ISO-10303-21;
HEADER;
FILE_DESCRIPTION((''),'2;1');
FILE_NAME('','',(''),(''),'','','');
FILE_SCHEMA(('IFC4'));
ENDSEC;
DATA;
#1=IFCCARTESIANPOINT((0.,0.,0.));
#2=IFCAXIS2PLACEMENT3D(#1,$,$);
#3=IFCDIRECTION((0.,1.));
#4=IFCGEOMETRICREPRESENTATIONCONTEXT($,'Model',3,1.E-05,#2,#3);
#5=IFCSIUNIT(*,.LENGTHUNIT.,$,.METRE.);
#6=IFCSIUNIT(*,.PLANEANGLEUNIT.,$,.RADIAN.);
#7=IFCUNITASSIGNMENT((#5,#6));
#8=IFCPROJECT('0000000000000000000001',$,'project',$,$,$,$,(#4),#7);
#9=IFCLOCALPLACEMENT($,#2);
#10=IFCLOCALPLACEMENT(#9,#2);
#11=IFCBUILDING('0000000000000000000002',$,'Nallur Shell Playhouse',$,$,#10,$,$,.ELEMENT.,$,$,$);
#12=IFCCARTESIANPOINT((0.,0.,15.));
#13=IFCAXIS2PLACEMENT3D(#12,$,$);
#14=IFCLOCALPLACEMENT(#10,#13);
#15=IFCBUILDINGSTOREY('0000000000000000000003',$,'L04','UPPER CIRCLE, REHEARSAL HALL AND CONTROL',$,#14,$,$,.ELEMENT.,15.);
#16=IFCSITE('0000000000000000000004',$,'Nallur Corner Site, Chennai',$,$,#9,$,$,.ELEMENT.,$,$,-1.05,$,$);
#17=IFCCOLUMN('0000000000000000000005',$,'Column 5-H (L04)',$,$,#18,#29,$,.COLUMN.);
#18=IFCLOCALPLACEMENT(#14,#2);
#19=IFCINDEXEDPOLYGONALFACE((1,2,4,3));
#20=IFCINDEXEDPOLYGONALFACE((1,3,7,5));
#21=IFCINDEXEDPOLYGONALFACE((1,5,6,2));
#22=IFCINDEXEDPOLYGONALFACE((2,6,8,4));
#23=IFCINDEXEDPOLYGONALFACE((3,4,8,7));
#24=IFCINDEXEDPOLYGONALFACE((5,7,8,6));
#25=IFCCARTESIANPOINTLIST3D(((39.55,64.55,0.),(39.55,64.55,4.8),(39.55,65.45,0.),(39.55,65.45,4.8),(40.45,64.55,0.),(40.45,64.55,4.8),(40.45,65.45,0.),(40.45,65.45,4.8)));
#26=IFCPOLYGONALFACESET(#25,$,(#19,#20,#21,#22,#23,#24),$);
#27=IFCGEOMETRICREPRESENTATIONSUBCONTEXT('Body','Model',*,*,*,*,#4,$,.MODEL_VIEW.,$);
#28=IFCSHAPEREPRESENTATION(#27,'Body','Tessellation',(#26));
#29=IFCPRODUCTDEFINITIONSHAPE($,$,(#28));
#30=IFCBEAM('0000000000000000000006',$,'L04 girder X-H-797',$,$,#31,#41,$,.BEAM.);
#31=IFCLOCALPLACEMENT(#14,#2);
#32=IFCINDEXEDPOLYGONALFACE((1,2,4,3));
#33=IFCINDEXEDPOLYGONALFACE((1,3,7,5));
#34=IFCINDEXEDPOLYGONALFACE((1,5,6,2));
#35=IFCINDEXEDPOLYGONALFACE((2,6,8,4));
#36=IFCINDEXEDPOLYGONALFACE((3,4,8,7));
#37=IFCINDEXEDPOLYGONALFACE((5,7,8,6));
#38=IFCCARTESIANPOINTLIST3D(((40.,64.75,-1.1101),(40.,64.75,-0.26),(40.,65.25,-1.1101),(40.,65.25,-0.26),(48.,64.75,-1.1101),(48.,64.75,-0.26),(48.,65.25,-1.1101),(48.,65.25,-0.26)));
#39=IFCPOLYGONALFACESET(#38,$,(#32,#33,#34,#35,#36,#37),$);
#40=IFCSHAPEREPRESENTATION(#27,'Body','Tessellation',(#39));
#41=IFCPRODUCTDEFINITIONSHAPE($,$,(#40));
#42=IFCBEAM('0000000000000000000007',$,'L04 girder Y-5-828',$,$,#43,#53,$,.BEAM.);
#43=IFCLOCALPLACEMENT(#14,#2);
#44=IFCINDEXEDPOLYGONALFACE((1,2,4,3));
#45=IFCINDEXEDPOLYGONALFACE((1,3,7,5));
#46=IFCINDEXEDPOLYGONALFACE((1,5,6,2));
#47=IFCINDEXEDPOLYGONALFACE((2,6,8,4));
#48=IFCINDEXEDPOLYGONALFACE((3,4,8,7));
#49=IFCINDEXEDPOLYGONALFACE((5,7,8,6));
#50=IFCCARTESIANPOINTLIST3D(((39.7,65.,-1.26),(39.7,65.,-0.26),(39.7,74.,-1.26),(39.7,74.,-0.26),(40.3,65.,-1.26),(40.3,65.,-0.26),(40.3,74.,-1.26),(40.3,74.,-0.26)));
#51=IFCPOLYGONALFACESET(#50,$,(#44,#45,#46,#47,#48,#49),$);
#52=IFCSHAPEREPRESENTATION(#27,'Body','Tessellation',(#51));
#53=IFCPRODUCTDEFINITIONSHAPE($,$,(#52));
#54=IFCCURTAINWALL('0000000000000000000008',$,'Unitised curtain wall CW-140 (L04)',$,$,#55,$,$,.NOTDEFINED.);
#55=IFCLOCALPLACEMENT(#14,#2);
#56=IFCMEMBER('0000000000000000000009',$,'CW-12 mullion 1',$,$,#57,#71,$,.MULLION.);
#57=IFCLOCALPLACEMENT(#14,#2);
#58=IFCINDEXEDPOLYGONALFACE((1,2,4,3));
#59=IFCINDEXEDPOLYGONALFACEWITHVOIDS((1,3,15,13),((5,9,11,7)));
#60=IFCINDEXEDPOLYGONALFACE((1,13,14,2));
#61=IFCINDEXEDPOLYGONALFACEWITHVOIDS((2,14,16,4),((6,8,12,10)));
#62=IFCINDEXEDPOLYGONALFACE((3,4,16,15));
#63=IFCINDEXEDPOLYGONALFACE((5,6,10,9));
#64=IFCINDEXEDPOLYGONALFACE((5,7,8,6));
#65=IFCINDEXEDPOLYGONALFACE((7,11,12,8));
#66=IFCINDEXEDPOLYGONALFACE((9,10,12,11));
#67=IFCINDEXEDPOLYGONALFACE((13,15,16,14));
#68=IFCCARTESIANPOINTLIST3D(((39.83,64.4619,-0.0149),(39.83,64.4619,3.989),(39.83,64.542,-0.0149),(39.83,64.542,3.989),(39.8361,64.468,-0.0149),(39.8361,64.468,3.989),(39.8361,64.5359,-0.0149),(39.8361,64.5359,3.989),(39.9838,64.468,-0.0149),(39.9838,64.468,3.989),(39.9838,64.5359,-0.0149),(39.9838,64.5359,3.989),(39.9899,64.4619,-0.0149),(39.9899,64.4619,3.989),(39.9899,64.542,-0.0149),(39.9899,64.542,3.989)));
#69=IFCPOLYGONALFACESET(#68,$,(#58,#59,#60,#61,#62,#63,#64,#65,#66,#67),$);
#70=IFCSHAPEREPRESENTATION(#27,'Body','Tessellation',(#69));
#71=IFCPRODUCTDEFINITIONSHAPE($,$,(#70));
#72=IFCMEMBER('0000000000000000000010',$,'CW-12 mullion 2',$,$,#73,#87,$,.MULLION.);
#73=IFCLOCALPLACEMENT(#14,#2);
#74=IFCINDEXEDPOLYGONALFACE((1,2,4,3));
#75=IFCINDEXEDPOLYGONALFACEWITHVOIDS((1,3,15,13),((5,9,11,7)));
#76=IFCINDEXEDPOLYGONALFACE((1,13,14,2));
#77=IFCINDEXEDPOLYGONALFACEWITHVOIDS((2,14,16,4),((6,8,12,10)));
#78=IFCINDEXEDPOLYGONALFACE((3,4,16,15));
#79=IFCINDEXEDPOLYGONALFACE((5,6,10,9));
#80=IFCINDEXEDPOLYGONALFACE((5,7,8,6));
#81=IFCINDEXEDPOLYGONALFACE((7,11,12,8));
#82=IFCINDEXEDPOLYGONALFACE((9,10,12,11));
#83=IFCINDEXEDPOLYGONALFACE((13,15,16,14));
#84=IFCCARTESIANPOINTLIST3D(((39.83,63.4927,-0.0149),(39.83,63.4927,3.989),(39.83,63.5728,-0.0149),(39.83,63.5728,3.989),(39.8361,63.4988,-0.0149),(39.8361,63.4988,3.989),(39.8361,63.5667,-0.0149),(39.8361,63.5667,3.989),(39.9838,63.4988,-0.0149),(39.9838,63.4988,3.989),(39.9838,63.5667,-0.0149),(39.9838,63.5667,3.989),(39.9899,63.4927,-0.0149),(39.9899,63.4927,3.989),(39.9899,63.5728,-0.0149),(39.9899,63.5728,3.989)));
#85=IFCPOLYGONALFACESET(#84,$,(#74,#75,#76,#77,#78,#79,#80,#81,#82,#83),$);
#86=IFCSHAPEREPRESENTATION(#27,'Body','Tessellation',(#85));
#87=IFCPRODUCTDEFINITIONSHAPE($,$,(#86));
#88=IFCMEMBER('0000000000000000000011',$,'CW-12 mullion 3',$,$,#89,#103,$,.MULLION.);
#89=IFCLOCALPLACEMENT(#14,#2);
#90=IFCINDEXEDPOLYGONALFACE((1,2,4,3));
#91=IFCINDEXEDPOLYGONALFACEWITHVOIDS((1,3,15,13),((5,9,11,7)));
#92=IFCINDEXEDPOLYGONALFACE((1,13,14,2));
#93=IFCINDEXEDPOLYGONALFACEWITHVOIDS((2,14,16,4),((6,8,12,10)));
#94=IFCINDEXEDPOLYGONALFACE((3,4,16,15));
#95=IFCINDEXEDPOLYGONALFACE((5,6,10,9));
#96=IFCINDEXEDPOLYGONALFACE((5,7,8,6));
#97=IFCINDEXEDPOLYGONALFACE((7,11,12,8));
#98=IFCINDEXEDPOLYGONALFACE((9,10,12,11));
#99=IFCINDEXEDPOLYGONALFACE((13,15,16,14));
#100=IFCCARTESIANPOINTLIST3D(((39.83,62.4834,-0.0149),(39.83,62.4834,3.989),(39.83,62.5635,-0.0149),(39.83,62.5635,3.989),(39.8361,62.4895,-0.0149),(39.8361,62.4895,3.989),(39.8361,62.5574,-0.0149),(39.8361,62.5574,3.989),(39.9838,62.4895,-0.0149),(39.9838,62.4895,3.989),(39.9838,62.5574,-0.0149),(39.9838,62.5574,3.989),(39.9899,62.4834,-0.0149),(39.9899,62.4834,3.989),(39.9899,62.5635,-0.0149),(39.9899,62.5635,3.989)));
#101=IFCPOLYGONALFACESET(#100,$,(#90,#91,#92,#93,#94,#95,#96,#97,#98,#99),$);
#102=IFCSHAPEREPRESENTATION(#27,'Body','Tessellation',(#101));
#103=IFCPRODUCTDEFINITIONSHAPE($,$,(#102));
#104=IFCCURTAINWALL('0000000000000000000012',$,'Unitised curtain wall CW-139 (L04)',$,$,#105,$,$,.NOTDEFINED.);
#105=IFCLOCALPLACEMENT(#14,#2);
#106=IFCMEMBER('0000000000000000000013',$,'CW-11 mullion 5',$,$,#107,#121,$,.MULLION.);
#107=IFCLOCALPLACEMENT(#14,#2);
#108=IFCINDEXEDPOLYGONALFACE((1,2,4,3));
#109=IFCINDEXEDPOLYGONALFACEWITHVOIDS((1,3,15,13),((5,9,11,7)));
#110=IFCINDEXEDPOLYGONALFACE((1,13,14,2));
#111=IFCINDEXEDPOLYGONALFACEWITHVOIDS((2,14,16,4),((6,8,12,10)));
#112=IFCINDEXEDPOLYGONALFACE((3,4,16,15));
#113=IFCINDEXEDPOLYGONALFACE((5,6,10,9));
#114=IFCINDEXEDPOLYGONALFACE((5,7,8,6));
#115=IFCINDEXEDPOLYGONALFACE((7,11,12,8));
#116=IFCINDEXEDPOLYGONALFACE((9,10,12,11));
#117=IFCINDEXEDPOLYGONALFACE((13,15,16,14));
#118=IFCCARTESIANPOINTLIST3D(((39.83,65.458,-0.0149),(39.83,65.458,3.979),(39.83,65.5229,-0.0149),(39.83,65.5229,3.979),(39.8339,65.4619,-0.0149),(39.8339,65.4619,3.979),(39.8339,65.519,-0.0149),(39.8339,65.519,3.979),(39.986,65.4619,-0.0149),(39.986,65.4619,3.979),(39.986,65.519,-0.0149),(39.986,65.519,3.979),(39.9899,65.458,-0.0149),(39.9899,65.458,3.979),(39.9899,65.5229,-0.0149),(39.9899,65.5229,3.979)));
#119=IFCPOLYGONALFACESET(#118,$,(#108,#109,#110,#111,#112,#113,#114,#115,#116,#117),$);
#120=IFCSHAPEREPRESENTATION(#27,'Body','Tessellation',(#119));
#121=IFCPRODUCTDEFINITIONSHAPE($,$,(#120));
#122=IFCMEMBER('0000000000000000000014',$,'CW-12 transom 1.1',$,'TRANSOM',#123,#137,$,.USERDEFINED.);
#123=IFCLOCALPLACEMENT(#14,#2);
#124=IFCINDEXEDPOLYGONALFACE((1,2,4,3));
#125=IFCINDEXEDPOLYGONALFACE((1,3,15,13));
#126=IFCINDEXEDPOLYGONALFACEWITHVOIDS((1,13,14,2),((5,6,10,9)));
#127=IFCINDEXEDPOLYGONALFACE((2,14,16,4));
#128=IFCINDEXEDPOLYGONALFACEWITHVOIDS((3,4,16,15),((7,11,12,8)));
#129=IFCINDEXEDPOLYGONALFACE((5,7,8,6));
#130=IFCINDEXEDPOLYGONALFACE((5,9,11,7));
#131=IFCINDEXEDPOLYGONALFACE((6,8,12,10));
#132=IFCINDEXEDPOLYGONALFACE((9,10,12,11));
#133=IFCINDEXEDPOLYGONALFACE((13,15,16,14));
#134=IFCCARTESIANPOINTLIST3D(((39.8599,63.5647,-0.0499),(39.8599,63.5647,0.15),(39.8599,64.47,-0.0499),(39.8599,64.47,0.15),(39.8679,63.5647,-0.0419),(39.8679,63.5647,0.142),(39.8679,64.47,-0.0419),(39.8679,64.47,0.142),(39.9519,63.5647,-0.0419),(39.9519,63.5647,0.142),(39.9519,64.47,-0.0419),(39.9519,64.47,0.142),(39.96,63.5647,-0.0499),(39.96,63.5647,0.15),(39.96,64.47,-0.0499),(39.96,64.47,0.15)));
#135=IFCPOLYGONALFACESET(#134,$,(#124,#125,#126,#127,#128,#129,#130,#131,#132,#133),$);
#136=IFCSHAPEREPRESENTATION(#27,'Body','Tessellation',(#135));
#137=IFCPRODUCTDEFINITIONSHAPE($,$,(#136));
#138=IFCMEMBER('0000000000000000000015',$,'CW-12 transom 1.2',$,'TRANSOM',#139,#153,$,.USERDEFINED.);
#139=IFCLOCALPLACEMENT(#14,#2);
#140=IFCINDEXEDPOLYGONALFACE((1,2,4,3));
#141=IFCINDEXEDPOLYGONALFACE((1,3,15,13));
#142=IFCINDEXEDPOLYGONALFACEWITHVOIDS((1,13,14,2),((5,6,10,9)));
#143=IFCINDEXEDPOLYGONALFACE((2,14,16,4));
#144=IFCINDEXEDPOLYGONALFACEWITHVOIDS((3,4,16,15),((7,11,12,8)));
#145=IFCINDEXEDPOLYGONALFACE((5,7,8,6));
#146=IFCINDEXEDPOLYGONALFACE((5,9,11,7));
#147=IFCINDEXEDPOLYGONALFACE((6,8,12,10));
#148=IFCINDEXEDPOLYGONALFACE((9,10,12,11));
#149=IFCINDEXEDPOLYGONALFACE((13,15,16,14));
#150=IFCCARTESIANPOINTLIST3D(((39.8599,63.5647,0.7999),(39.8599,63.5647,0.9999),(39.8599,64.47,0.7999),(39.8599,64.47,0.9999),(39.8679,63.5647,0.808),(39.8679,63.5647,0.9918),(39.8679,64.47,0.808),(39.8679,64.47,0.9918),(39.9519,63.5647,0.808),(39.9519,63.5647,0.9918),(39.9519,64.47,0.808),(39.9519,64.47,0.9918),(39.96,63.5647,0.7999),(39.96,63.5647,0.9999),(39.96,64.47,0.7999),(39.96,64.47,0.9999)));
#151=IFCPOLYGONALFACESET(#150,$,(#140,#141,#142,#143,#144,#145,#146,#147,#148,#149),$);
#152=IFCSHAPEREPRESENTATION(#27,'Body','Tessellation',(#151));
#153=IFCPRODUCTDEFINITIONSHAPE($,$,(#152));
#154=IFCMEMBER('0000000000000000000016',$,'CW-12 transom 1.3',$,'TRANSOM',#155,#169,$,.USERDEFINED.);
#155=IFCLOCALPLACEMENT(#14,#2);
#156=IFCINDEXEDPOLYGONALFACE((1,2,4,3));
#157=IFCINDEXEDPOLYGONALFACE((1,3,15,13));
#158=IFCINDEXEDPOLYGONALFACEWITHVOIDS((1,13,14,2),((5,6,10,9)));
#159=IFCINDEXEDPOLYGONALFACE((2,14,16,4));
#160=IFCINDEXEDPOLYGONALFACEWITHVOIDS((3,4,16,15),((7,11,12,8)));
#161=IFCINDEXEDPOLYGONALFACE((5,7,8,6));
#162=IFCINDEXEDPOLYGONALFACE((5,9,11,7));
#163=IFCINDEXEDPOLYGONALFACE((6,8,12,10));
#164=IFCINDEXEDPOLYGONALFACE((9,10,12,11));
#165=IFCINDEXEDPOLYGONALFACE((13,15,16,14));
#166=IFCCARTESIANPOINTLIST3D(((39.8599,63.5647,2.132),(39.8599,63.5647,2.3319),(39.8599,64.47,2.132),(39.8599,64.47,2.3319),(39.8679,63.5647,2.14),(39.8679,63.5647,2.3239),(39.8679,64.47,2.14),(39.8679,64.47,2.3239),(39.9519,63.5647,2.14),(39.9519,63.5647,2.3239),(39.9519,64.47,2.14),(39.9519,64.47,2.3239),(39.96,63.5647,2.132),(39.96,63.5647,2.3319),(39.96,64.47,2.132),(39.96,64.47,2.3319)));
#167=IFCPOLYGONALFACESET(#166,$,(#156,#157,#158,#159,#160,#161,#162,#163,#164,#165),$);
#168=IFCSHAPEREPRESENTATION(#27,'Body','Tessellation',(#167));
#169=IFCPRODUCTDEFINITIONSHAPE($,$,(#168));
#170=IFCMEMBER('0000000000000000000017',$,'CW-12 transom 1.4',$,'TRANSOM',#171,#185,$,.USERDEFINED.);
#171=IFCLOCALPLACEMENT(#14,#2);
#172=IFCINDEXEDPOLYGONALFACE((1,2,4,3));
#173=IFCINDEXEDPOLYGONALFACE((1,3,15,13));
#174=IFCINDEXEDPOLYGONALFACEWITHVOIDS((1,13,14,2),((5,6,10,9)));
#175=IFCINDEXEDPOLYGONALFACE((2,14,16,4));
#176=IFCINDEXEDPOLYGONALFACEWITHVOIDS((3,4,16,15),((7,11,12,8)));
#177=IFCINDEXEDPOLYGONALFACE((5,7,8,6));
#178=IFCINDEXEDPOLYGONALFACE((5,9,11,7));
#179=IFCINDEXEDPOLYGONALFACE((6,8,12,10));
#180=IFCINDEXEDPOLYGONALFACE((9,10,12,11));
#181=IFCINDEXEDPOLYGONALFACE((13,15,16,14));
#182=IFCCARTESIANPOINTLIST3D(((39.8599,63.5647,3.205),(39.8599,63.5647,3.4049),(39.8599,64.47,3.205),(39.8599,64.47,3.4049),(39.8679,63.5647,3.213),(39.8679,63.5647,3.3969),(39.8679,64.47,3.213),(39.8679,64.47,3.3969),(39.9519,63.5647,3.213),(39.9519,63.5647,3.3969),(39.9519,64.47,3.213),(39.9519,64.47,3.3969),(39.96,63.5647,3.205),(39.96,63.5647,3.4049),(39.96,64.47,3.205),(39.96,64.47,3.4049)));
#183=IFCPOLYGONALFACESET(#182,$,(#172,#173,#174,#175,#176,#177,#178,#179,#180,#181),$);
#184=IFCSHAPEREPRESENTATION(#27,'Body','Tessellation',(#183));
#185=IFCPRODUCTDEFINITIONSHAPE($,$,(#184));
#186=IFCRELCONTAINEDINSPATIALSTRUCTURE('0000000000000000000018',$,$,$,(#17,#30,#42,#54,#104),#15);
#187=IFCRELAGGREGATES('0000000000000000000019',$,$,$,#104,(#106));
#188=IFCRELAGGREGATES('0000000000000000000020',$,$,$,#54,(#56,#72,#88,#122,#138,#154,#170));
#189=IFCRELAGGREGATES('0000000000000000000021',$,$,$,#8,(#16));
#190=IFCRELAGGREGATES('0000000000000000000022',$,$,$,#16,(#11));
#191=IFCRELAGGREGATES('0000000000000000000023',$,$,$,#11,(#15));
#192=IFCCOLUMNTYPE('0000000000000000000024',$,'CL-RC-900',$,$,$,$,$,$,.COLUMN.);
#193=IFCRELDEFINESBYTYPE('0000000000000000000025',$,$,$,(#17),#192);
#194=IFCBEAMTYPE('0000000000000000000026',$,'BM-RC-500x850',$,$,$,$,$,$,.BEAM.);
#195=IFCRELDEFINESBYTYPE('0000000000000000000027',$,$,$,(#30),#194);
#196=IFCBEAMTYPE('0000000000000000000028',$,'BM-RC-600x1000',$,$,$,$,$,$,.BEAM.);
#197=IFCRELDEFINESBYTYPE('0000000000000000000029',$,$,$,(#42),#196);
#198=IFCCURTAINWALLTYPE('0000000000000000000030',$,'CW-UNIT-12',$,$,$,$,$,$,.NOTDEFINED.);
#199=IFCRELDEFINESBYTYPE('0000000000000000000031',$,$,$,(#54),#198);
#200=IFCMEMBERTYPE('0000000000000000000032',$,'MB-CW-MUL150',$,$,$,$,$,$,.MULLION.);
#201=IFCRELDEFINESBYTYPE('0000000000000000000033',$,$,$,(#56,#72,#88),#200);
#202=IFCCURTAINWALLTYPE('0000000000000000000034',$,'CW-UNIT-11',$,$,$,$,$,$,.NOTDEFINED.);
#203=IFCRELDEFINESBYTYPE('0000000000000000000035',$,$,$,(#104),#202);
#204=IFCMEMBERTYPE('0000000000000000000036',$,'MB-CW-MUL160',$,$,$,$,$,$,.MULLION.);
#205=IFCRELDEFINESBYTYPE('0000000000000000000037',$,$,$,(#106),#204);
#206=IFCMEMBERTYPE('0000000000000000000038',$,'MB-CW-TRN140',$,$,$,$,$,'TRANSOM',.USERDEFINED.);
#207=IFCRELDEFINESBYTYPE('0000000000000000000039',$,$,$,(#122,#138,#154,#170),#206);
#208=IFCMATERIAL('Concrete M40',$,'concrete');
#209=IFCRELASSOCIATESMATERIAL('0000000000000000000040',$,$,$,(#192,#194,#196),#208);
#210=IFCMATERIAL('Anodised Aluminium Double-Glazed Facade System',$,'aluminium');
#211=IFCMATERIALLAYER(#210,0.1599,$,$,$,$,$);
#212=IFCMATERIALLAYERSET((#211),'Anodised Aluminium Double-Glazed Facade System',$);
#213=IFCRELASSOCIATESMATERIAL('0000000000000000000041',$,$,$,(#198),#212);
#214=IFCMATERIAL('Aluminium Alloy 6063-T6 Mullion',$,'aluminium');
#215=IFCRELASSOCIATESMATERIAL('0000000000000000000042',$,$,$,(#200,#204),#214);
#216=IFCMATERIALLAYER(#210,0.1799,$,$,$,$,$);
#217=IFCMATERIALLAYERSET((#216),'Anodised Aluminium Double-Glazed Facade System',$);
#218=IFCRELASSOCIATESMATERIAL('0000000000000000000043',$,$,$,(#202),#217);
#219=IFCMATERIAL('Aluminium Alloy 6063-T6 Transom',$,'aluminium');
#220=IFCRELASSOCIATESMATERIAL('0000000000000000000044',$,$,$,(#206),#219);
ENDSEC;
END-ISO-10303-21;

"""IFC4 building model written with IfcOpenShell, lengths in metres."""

from ifc_helpers import new_model, si_unit, direction, frame, origin, origin_2d, place, context, subcontext, project, spatial, rectangle, hollow_rectangle, extrude, material, layer, layer_set, material_profile, profile_set, type_object, element, aggregate, save


model = new_model("IFC4")

# Units and contexts
model_context = context("Model", 3, precision=1e-05, world=origin(), true_north=direction((0.0, 1.0)))
body_context = subcontext(model_context, "Body", "Model", "MODEL_VIEW")
ifc_project = project(units=[si_unit("LENGTHUNIT", "METRE"), si_unit("PLANEANGLEUNIT", "RADIAN")], contexts=[model_context])

# Site, building, storey
site_placement = place(None, origin())
site = spatial("IfcSite", under=ifc_project, at=site_placement, Name="Nallur Corner Site, Chennai", CompositionType="ELEMENT", RefElevation=-1.05)
building_placement = place(site_placement, origin())
building = spatial("IfcBuilding", under=site, at=building_placement, Name="Nallur Shell Playhouse", CompositionType="ELEMENT")
storey_placement = place(building_placement, frame((0.0, 0.0, 15.0)))
storey = spatial("IfcBuildingStorey", under=building, at=storey_placement, Name="L04", Description="UPPER CIRCLE, REHEARSAL HALL AND CONTROL", CompositionType="ELEMENT", Elevation=15.0)

# Column
ifc_material_1 = material(Name="Concrete M40", Category="concrete")
ifc_material_profile_1 = material_profile(ifc_material_1, rectangle(XDim=0.8999, YDim=0.8999, at=origin_2d()), Name="RC 900x900")
ifc_profile_set_1 = profile_set([ifc_material_profile_1], Name="Concrete M40")
column_type = type_object("IfcColumnType", Name="CL-RC-900", PredefinedType="COLUMN", material=ifc_profile_set_1)
column_placement = place(storey_placement, frame((40.0, 65.0, 0.0), z_axis=(0.0, 0.0, 1.0), x_axis=(1.0, 0.0, 0.0)))
element("IfcColumn", 1, at=column_placement, inside=storey, type_object=column_type, Name="Column 5-H (L04)", PredefinedType="COLUMN", context=body_context, shape_type="SweptSolid", body=[
    extrude(rectangle(XDim=0.8999, YDim=0.8999, at=origin_2d()), origin(), (0.0, 0.0, 1.0), 4.8),
])

# Beams
ifc_material_profile_2 = material_profile(ifc_material_1, rectangle(XDim=0.5, YDim=0.8501, at=origin_2d()), Name="RC 500x850")
ifc_profile_set_2 = profile_set([ifc_material_profile_2], Name="Concrete M40")
beam_type_1 = type_object("IfcBeamType", Name="BM-RC-500x850", PredefinedType="BEAM", material=ifc_profile_set_2)
beam_1_placement = place(storey_placement, frame((40.0, 65.0, -0.6851), z_axis=(1.0, 0.0, 0.0), x_axis=(0.0, 1.0, 0.0)))
element("IfcBeam", 2, at=beam_1_placement, inside=storey, type_object=beam_type_1, Name="L04 girder X-H-797", PredefinedType="BEAM", context=body_context, shape_type="SweptSolid", body=[
    extrude(rectangle(XDim=0.5, YDim=0.8501, at=origin_2d()), origin(), (0.0, 0.0, 1.0), 8.0),
])
ifc_material_profile_3 = material_profile(ifc_material_1, rectangle(XDim=0.6001, YDim=1.0, at=origin_2d()), Name="RC 600x1000")
ifc_profile_set_3 = profile_set([ifc_material_profile_3], Name="Concrete M40")
beam_type_2 = type_object("IfcBeamType", Name="BM-RC-600x1000", PredefinedType="BEAM", material=ifc_profile_set_3)
beam_2_placement = place(storey_placement, frame((40.0, 65.0, -0.76), z_axis=(0.0, 1.0, 0.0), x_axis=(-1.0, 0.0, 0.0)))
element("IfcBeam", 3, at=beam_2_placement, inside=storey, type_object=beam_type_2, Name="L04 girder Y-5-828", PredefinedType="BEAM", context=body_context, shape_type="SweptSolid", body=[
    extrude(rectangle(XDim=0.6001, YDim=1.0, at=origin_2d()), origin(), (0.0, 0.0, 1.0), 9.0),
])

# Curtain wall, members
ifc_material_2 = material(Name="Anodised Aluminium Double-Glazed Facade System", Category="aluminium")
ifc_layer_1 = layer(ifc_material_2, 0.1599)
ifc_layer_set_1 = layer_set([ifc_layer_1], Name="Anodised Aluminium Double-Glazed Facade System")
curtain_wall_type_1 = type_object("IfcCurtainWallType", Name="CW-UNIT-12", PredefinedType="NOTDEFINED", material=ifc_layer_set_1)
curtain_wall_1_placement = place(storey_placement, origin())
curtain_wall_1 = element("IfcCurtainWall", 4, at=curtain_wall_1_placement, inside=storey, type_object=curtain_wall_type_1, Name="Unitised curtain wall CW-140 (L04)", PredefinedType="NOTDEFINED")
ifc_material_3 = material(Name="Aluminium Alloy 6063-T6 Mullion", Category="aluminium")
ifc_material_profile_4 = material_profile(ifc_material_3, hollow_rectangle(XDim=0.0801, YDim=0.1599, WallThickness=0.0061, at=origin_2d()), Name="RHS 160x80x6")
ifc_profile_set_4 = profile_set([ifc_material_profile_4], Name="Aluminium Alloy 6063-T6 Mullion")
member_type_1 = type_object("IfcMemberType", Name="MB-CW-MUL150", PredefinedType="MULLION", material=ifc_profile_set_4)
member_1_placement = place(storey_placement, frame((39.9099, 64.502, -0.0149), z_axis=(0.0, 0.0, 1.0), x_axis=(0.0, -1.0, 0.0)))
member_1 = element("IfcMember", 5, at=member_1_placement, type_object=member_type_1, Name="CW-12 mullion 1", PredefinedType="MULLION", context=body_context, shape_type="SweptSolid", body=[
    extrude(hollow_rectangle(XDim=0.0801, YDim=0.1599, WallThickness=0.0061, at=origin_2d()), origin(), (0.0, 0.0, 1.0), 4.0039),
])
member_2_placement = place(storey_placement, frame((39.9099, 63.5327, -0.0149), z_axis=(0.0, 0.0, 1.0), x_axis=(0.0, -1.0, 0.0)))
member_2 = element("IfcMember", 6, at=member_2_placement, type_object=member_type_1, Name="CW-12 mullion 2", PredefinedType="MULLION", context=body_context, shape_type="SweptSolid", body=[
    extrude(hollow_rectangle(XDim=0.0801, YDim=0.1599, WallThickness=0.0061, at=origin_2d()), origin(), (0.0, 0.0, 1.0), 4.0039),
])
member_3_placement = place(storey_placement, frame((39.9099, 62.5234, -0.0149), z_axis=(0.0, 0.0, 1.0), x_axis=(0.0, -1.0, 0.0)))
member_3 = element("IfcMember", 7, at=member_3_placement, type_object=member_type_1, Name="CW-12 mullion 3", PredefinedType="MULLION", context=body_context, shape_type="SweptSolid", body=[
    extrude(hollow_rectangle(XDim=0.0801, YDim=0.1599, WallThickness=0.0061, at=origin_2d()), origin(), (0.0, 0.0, 1.0), 4.0039),
])

# Curtain wall, member
ifc_layer_2 = layer(ifc_material_2, 0.1799)
ifc_layer_set_2 = layer_set([ifc_layer_2], Name="Anodised Aluminium Double-Glazed Facade System")
curtain_wall_type_2 = type_object("IfcCurtainWallType", Name="CW-UNIT-11", PredefinedType="NOTDEFINED", material=ifc_layer_set_2)
curtain_wall_2_placement = place(storey_placement, origin())
curtain_wall_2 = element("IfcCurtainWall", 8, at=curtain_wall_2_placement, inside=storey, type_object=curtain_wall_type_2, Name="Unitised curtain wall CW-139 (L04)", PredefinedType="NOTDEFINED")
ifc_material_profile_5 = material_profile(ifc_material_3, hollow_rectangle(XDim=0.0649, YDim=0.1599, WallThickness=0.0039, at=origin_2d()), Name="ALU 65x160x4")
ifc_profile_set_5 = profile_set([ifc_material_profile_5], Name="Aluminium Alloy 6063-T6 Mullion")
member_type_2 = type_object("IfcMemberType", Name="MB-CW-MUL160", PredefinedType="MULLION", material=ifc_profile_set_5)
member_4_placement = place(storey_placement, frame((39.9099, 65.4905, -0.0149), z_axis=(0.0, 0.0, 1.0), x_axis=(0.0, -1.0, 0.0)))
member_4 = element("IfcMember", 9, at=member_4_placement, type_object=member_type_2, Name="CW-11 mullion 5", PredefinedType="MULLION", context=body_context, shape_type="SweptSolid", body=[
    extrude(hollow_rectangle(XDim=0.0649, YDim=0.1599, WallThickness=0.0039, at=origin_2d()), origin(), (0.0, 0.0, 1.0), 3.9939),
])

# Members
ifc_material_4 = material(Name="Aluminium Alloy 6063-T6 Transom", Category="aluminium")
ifc_material_profile_6 = material_profile(ifc_material_4, hollow_rectangle(XDim=0.1001, YDim=0.2, WallThickness=0.0081, at=origin_2d()), Name="RHS 200x100x8")
ifc_profile_set_6 = profile_set([ifc_material_profile_6], Name="Aluminium Alloy 6063-T6 Transom")
member_type_3 = type_object("IfcMemberType", Name="MB-CW-TRN140", ElementType="TRANSOM", PredefinedType="USERDEFINED", material=ifc_profile_set_6)
member_5_placement = place(storey_placement, frame((39.9099, 64.47, 0.05), z_axis=(0.0, -1.0, 0.0), x_axis=(1.0, 0.0, 0.0)))
member_5 = element("IfcMember", 10, at=member_5_placement, type_object=member_type_3, Name="CW-12 transom 1.1", ObjectType="TRANSOM", PredefinedType="USERDEFINED", context=body_context, shape_type="SweptSolid", body=[
    extrude(hollow_rectangle(XDim=0.1001, YDim=0.2, WallThickness=0.0081, at=origin_2d()), origin(), (0.0, 0.0, 1.0), 0.9053),
])
member_6_placement = place(storey_placement, frame((39.9099, 64.47, 0.8999), z_axis=(0.0, -1.0, 0.0), x_axis=(1.0, 0.0, 0.0)))
member_6 = element("IfcMember", 11, at=member_6_placement, type_object=member_type_3, Name="CW-12 transom 1.2", ObjectType="TRANSOM", PredefinedType="USERDEFINED", context=body_context, shape_type="SweptSolid", body=[
    extrude(hollow_rectangle(XDim=0.1001, YDim=0.2, WallThickness=0.0081, at=origin_2d()), origin(), (0.0, 0.0, 1.0), 0.9053),
])
member_7_placement = place(storey_placement, frame((39.9099, 64.47, 2.2319), z_axis=(0.0, -1.0, 0.0), x_axis=(1.0, 0.0, 0.0)))
member_7 = element("IfcMember", 12, at=member_7_placement, type_object=member_type_3, Name="CW-12 transom 1.3", ObjectType="TRANSOM", PredefinedType="USERDEFINED", context=body_context, shape_type="SweptSolid", body=[
    extrude(hollow_rectangle(XDim=0.1001, YDim=0.2, WallThickness=0.0081, at=origin_2d()), origin(), (0.0, 0.0, 1.0), 0.9053),
])
member_8_placement = place(storey_placement, frame((39.9099, 64.47, 3.3049), z_axis=(0.0, -1.0, 0.0), x_axis=(1.0, 0.0, 0.0)))
member_8 = element("IfcMember", 13, at=member_8_placement, type_object=member_type_3, Name="CW-12 transom 1.4", ObjectType="TRANSOM", PredefinedType="USERDEFINED", context=body_context, shape_type="SweptSolid", body=[
    extrude(hollow_rectangle(XDim=0.1001, YDim=0.2, WallThickness=0.0081, at=origin_2d()), origin(), (0.0, 0.0, 1.0), 0.9053),
])

aggregate(curtain_wall_2, [member_4])
aggregate(curtain_wall_1, [member_1, member_2, member_3, member_5, member_6, member_7, member_8])

save(model, "model.ifc")
